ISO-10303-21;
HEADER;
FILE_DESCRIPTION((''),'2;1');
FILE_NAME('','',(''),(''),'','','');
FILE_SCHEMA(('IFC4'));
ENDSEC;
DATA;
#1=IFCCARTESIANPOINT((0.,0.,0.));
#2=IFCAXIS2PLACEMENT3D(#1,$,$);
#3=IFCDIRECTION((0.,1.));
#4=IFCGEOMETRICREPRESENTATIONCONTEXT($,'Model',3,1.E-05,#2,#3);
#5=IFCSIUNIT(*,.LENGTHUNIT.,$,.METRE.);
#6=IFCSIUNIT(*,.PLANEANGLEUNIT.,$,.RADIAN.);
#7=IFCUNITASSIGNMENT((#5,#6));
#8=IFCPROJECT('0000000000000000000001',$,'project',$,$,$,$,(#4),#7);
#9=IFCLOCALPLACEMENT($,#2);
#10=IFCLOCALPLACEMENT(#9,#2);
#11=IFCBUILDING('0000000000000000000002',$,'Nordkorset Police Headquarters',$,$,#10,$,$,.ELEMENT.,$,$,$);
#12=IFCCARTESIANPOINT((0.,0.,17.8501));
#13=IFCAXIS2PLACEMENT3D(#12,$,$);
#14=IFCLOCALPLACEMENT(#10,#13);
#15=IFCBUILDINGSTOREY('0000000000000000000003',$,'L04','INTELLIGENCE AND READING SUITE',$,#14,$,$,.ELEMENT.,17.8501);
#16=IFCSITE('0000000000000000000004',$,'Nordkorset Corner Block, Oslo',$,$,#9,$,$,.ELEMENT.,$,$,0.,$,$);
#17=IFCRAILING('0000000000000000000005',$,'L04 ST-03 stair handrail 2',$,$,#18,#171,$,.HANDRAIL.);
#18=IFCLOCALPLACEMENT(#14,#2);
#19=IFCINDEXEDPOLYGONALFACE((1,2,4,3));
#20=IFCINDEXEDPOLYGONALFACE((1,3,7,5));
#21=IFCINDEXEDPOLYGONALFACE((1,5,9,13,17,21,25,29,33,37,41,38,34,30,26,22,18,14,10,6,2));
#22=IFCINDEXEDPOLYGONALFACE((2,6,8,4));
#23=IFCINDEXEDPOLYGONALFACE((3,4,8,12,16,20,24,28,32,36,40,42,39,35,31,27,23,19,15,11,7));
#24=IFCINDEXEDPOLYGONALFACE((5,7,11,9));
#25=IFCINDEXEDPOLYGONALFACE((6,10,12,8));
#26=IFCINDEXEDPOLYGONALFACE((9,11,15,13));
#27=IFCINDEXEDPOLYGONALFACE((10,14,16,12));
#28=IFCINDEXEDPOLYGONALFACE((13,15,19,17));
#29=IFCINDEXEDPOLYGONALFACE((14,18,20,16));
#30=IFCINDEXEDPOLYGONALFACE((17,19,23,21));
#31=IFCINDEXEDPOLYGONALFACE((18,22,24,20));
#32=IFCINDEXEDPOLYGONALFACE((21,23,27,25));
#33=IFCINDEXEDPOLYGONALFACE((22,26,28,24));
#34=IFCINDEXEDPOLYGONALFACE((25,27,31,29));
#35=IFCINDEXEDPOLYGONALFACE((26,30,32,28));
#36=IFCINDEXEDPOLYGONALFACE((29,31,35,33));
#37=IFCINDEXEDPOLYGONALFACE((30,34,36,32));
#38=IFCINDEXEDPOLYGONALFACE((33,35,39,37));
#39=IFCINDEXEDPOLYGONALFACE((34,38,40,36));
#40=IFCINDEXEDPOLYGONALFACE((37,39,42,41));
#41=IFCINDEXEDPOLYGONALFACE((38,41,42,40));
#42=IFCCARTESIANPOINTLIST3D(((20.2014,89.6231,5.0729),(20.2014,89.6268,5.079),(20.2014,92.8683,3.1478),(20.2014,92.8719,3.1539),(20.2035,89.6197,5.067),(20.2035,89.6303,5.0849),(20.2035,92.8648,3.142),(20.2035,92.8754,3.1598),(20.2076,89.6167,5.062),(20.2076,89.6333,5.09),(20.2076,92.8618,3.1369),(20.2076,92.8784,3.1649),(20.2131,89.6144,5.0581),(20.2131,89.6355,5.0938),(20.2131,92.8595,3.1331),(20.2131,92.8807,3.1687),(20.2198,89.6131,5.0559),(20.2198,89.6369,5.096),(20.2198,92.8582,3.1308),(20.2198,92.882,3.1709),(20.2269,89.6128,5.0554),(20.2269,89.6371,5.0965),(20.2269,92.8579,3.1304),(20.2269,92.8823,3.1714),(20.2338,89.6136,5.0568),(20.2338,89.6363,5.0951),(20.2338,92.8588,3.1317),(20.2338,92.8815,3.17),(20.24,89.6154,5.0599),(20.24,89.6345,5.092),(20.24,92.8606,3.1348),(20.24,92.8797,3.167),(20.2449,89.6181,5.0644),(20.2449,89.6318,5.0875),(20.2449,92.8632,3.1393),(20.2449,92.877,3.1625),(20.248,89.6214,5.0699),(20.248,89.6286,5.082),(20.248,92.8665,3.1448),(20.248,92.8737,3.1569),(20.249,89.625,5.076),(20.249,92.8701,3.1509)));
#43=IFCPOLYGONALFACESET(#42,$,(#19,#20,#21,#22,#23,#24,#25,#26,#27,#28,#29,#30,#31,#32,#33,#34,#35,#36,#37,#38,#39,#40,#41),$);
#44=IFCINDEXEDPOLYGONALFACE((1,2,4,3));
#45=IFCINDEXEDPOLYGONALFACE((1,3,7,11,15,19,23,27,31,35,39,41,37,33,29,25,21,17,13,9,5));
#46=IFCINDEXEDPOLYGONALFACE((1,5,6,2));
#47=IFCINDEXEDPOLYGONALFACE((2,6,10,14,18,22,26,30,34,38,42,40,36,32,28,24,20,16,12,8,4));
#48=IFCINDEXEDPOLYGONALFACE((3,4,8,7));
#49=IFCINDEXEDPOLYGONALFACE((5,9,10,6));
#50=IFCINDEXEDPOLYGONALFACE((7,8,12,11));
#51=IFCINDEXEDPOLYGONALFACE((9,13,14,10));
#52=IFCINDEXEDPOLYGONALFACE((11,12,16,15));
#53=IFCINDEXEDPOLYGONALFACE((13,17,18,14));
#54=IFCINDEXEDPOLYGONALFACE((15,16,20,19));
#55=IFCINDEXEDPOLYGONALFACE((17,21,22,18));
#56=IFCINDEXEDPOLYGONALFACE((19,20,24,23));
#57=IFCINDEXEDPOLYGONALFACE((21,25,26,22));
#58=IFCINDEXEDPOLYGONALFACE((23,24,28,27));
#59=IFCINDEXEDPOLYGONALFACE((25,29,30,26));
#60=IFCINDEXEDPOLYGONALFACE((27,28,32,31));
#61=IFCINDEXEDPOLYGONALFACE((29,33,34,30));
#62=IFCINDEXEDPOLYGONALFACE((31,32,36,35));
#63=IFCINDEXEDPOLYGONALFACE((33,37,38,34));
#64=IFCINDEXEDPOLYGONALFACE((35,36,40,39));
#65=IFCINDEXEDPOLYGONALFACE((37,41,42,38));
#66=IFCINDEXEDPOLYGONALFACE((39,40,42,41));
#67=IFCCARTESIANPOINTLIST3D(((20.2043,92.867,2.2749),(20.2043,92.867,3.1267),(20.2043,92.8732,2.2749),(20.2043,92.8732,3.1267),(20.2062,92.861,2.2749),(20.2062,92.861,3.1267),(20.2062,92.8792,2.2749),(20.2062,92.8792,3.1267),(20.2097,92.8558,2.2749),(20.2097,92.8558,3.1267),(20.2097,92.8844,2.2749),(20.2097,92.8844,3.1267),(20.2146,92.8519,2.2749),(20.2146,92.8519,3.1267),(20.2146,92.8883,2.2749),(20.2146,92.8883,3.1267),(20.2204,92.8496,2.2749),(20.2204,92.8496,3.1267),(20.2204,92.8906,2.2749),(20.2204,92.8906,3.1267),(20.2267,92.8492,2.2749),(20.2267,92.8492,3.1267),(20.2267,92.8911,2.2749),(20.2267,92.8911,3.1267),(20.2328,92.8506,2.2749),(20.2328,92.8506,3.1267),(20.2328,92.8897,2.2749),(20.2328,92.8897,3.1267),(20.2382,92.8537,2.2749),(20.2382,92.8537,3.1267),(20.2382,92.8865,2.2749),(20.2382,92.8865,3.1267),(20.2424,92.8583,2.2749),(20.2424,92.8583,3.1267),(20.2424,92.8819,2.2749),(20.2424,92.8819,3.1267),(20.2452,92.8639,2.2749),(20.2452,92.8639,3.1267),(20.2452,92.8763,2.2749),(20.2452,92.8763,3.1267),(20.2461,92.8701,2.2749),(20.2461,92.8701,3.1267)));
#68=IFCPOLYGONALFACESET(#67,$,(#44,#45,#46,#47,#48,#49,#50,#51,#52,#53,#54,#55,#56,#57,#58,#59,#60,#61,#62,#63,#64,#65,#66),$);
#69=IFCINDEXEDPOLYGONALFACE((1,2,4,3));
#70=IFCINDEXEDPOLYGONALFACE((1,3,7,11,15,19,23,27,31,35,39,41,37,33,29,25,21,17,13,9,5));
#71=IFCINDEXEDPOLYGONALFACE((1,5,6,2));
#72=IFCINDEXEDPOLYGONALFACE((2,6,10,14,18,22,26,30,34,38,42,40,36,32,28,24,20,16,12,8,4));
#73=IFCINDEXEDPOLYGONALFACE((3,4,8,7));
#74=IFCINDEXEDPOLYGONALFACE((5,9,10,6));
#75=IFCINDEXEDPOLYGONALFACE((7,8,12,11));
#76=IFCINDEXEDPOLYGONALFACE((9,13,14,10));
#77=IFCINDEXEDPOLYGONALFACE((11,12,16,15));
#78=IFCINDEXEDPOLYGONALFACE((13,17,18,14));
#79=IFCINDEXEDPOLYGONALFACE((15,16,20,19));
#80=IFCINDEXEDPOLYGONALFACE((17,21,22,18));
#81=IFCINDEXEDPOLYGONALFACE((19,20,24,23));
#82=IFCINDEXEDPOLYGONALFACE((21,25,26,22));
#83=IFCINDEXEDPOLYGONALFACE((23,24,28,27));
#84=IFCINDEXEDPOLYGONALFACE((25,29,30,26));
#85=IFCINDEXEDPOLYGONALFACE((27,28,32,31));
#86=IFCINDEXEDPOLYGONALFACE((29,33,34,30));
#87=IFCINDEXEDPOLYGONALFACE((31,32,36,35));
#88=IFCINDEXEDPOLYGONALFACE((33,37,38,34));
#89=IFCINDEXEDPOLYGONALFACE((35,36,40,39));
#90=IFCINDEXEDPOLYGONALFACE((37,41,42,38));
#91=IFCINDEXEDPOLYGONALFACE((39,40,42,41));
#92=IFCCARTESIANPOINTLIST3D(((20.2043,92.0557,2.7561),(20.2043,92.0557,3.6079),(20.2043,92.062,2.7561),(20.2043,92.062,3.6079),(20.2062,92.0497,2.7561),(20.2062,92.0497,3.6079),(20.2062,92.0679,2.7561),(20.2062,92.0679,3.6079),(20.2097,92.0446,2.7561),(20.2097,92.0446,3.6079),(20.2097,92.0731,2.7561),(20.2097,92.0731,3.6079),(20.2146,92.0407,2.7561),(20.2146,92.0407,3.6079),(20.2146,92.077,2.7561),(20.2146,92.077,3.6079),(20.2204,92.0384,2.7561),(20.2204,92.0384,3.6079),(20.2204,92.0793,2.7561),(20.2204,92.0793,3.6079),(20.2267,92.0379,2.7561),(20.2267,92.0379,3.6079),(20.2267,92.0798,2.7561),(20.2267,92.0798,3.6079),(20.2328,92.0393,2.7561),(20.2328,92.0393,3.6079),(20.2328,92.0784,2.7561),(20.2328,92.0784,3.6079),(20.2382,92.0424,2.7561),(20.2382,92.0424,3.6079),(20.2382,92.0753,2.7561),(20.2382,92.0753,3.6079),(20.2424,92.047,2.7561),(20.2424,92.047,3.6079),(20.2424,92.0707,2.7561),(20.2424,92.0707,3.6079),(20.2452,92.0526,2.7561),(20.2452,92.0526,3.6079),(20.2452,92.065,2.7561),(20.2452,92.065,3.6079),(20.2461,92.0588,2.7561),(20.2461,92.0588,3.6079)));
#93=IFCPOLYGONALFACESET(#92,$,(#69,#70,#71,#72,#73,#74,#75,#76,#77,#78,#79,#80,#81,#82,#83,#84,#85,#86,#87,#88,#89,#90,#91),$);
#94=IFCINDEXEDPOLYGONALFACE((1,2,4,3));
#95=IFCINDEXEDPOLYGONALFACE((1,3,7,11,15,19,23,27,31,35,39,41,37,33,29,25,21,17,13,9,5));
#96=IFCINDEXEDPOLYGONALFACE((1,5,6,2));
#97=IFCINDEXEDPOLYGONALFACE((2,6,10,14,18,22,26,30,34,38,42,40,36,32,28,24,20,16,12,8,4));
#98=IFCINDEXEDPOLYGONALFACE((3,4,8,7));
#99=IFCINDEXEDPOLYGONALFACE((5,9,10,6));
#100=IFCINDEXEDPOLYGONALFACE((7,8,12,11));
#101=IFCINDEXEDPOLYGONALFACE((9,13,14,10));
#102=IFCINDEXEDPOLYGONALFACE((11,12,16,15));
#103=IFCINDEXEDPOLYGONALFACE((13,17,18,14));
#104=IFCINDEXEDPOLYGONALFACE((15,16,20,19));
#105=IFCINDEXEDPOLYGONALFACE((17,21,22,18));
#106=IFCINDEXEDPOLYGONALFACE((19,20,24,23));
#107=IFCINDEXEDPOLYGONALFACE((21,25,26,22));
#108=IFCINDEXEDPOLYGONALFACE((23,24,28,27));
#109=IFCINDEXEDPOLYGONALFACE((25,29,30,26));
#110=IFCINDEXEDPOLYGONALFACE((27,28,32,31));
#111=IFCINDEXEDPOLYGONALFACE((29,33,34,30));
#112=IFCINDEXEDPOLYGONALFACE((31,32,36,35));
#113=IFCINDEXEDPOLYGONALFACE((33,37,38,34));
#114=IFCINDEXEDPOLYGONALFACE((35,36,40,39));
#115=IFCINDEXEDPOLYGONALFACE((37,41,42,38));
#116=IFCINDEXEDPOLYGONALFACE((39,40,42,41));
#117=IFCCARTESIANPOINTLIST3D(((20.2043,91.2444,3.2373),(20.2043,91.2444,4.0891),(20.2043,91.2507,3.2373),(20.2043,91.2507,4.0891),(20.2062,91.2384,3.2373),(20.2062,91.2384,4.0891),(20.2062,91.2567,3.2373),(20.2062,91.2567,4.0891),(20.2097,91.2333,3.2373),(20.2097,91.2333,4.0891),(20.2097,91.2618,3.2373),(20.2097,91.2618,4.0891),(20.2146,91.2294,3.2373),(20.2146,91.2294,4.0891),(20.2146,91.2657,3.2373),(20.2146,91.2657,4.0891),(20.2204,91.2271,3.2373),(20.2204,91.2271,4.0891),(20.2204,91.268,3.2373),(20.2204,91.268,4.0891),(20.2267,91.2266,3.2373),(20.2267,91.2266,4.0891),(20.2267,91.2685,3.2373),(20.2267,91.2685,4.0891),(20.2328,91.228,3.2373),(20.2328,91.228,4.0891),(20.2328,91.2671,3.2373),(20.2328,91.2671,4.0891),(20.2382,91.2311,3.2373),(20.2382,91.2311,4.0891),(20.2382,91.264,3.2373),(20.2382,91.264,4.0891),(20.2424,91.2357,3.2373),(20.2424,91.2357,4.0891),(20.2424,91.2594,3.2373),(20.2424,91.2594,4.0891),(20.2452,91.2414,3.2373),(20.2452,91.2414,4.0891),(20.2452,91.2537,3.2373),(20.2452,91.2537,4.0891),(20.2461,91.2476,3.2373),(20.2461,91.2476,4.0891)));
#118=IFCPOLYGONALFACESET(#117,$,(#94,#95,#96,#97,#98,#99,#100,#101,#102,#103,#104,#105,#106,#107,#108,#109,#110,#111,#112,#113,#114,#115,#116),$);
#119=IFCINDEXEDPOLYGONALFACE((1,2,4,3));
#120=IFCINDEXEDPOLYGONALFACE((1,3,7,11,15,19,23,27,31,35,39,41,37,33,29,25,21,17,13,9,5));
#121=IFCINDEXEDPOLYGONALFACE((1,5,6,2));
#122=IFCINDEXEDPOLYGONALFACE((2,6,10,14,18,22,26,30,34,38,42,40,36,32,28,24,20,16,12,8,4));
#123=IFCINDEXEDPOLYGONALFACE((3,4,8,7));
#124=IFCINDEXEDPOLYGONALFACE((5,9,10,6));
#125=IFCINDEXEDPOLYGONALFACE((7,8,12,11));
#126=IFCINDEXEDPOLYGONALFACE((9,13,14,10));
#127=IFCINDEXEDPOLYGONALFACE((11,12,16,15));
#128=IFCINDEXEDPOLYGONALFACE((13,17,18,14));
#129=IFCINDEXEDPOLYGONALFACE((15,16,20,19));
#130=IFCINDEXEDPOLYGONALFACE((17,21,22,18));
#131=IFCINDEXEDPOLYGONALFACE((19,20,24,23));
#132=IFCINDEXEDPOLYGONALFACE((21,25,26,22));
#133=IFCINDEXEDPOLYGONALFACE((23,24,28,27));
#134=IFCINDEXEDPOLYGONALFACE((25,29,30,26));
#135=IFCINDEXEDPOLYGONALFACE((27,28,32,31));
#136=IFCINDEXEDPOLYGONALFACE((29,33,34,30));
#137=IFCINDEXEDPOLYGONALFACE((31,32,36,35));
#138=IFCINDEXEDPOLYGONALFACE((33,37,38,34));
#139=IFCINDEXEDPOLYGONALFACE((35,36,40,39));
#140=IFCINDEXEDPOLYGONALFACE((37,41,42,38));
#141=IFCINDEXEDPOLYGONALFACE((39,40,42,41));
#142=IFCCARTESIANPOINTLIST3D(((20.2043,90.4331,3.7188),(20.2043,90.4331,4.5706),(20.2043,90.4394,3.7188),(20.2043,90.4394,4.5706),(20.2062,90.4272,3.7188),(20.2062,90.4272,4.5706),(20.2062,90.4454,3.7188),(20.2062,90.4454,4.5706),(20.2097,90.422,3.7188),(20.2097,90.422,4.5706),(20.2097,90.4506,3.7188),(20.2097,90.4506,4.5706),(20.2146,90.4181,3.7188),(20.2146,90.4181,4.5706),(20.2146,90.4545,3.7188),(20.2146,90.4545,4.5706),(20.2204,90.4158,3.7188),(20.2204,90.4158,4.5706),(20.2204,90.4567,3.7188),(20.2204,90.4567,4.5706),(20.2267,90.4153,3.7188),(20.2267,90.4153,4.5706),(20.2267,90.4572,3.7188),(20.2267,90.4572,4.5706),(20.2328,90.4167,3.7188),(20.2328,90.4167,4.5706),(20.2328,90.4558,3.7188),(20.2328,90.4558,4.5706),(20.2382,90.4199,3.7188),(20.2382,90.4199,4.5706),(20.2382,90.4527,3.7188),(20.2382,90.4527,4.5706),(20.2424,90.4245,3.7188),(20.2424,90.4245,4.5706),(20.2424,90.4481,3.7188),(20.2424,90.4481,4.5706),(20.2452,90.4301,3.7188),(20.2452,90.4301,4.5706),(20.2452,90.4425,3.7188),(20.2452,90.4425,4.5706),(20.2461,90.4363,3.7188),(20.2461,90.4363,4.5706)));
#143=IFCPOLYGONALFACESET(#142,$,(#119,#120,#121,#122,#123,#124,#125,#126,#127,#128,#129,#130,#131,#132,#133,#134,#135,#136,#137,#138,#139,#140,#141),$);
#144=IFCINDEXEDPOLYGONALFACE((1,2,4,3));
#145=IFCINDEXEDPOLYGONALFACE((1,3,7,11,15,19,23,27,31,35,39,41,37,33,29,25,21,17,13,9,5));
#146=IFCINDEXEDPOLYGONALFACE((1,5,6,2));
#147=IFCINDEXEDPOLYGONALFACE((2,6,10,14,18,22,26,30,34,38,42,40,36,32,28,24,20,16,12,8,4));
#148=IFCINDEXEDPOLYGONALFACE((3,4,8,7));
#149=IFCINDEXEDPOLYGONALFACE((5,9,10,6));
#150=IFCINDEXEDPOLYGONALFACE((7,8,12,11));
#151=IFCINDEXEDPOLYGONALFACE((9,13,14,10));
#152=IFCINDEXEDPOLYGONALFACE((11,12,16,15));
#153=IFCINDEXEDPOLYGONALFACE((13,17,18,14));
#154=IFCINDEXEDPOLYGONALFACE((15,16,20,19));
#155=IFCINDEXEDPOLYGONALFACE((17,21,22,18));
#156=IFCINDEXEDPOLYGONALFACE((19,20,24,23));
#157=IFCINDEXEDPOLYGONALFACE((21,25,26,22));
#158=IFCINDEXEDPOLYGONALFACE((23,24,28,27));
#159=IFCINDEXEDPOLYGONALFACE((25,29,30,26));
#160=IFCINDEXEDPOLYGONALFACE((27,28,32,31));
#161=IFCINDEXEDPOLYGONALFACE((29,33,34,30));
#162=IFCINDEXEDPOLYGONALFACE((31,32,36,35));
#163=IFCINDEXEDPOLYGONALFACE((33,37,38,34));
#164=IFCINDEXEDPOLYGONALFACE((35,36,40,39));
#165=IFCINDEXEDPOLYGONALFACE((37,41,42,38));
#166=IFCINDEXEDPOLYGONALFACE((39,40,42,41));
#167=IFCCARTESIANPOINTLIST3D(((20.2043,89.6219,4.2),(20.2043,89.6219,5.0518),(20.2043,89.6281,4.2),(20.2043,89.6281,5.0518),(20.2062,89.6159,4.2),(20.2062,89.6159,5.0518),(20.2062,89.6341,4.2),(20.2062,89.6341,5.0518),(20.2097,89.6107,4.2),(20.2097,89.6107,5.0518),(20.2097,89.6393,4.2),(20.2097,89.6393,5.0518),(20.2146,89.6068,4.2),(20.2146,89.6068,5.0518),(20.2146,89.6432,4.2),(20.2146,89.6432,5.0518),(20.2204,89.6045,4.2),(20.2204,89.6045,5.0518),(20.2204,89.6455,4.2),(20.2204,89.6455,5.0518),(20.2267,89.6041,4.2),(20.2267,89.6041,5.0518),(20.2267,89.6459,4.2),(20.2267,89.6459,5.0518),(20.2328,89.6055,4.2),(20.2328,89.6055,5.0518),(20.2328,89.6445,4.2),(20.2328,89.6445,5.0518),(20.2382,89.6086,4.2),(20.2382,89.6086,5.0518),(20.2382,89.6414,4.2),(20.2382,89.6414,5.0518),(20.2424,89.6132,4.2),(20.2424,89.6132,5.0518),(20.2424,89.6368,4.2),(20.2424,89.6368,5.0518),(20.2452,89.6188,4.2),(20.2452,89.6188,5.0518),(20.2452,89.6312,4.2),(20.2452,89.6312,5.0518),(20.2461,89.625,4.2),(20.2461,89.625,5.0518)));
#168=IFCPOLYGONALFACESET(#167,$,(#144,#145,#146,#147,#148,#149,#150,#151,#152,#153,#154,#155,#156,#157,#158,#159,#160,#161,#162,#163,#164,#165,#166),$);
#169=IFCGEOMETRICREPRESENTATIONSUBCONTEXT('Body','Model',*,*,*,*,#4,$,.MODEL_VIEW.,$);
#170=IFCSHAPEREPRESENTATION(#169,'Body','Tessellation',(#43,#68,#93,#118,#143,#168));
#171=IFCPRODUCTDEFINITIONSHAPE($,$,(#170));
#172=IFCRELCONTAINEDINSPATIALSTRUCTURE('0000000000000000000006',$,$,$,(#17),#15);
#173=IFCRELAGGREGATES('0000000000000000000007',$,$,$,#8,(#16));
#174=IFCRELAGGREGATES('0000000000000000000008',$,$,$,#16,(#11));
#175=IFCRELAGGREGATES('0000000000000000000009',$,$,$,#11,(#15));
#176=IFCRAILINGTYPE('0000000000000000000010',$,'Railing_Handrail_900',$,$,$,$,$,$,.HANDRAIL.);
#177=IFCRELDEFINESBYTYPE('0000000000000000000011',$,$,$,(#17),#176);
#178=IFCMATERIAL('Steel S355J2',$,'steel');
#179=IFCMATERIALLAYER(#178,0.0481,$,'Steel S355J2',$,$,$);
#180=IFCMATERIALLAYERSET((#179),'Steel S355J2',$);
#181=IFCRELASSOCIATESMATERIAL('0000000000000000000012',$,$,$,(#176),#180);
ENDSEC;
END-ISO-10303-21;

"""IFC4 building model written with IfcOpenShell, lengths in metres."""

from ifc_helpers import new_model, si_unit, direction, frame, origin, origin_2d, place, context, subcontext, project, spatial, circle, extrude, material, layer, layer_set, type_object, element, save


model = new_model("IFC4")

# Units and contexts
model_context = context("Model", 3, precision=1e-05, world=origin(), true_north=direction((0.0, 1.0)))
body_context = subcontext(model_context, "Body", "Model", "MODEL_VIEW")
ifc_project = project(units=[si_unit("LENGTHUNIT", "METRE"), si_unit("PLANEANGLEUNIT", "RADIAN")], contexts=[model_context])

# Site, building, storey
site_placement = place(None, origin())
site = spatial("IfcSite", under=ifc_project, at=site_placement, Name="Nordkorset Corner Block, Oslo", CompositionType="ELEMENT", RefElevation=0.0)
building_placement = place(site_placement, origin())
building = spatial("IfcBuilding", under=site, at=building_placement, Name="Nordkorset Police Headquarters", CompositionType="ELEMENT")
storey_placement = place(building_placement, frame((0.0, 0.0, 17.8501)))
storey = spatial("IfcBuildingStorey", under=building, at=storey_placement, Name="L04", Description="INTELLIGENCE AND READING SUITE", CompositionType="ELEMENT", Elevation=17.8501)

# Railing
ifc_material_1 = material(Name="Steel S355J2", Category="steel")
ifc_layer_1 = layer(ifc_material_1, 0.0481, Name="Steel S355J2")
ifc_layer_set_1 = layer_set([ifc_layer_1], Name="Steel S355J2")
railing_type_1 = type_object("IfcRailingType", Name="Railing_Handrail_900", PredefinedType="HANDRAIL", material=ifc_layer_set_1)
railing_1_placement = place(storey_placement, frame((20.2251, 92.8701, 2.2749)))
element("IfcRailing", 1, at=railing_1_placement, inside=storey, type_object=railing_type_1, Name="L04 ST-03 stair handrail 2", PredefinedType="HANDRAIL", context=body_context, shape_type="SweptSolid", body=[
    extrude(circle(Radius=0.0239, at=origin_2d()), frame((0.0, 0.0, 0.876), z_axis=(0.0, -0.860057, 0.510198), x_axis=(1.0, 0.0, 0.0)), (0.0, 0.0, 1.0), 3.7732),
    extrude(circle(Radius=0.021, at=origin_2d()), origin(), (0.0, 0.0, 1.0), 0.8518),
    extrude(circle(Radius=0.021, at=origin_2d()), frame((0.0, -0.8113, 0.4812)), (0.0, 0.0, 1.0), 0.8518),
    extrude(circle(Radius=0.021, at=origin_2d()), frame((0.0, -1.6226, 0.9624)), (0.0, 0.0, 1.0), 0.8518),
    extrude(circle(Radius=0.021, at=origin_2d()), frame((0.0, -2.4338, 1.4438)), (0.0, 0.0, 1.0), 0.8518),
    extrude(circle(Radius=0.021, at=origin_2d()), frame((0.0, -3.2451, 1.925)), (0.0, 0.0, 1.0), 0.8518),
])

save(model, "model.ifc")
